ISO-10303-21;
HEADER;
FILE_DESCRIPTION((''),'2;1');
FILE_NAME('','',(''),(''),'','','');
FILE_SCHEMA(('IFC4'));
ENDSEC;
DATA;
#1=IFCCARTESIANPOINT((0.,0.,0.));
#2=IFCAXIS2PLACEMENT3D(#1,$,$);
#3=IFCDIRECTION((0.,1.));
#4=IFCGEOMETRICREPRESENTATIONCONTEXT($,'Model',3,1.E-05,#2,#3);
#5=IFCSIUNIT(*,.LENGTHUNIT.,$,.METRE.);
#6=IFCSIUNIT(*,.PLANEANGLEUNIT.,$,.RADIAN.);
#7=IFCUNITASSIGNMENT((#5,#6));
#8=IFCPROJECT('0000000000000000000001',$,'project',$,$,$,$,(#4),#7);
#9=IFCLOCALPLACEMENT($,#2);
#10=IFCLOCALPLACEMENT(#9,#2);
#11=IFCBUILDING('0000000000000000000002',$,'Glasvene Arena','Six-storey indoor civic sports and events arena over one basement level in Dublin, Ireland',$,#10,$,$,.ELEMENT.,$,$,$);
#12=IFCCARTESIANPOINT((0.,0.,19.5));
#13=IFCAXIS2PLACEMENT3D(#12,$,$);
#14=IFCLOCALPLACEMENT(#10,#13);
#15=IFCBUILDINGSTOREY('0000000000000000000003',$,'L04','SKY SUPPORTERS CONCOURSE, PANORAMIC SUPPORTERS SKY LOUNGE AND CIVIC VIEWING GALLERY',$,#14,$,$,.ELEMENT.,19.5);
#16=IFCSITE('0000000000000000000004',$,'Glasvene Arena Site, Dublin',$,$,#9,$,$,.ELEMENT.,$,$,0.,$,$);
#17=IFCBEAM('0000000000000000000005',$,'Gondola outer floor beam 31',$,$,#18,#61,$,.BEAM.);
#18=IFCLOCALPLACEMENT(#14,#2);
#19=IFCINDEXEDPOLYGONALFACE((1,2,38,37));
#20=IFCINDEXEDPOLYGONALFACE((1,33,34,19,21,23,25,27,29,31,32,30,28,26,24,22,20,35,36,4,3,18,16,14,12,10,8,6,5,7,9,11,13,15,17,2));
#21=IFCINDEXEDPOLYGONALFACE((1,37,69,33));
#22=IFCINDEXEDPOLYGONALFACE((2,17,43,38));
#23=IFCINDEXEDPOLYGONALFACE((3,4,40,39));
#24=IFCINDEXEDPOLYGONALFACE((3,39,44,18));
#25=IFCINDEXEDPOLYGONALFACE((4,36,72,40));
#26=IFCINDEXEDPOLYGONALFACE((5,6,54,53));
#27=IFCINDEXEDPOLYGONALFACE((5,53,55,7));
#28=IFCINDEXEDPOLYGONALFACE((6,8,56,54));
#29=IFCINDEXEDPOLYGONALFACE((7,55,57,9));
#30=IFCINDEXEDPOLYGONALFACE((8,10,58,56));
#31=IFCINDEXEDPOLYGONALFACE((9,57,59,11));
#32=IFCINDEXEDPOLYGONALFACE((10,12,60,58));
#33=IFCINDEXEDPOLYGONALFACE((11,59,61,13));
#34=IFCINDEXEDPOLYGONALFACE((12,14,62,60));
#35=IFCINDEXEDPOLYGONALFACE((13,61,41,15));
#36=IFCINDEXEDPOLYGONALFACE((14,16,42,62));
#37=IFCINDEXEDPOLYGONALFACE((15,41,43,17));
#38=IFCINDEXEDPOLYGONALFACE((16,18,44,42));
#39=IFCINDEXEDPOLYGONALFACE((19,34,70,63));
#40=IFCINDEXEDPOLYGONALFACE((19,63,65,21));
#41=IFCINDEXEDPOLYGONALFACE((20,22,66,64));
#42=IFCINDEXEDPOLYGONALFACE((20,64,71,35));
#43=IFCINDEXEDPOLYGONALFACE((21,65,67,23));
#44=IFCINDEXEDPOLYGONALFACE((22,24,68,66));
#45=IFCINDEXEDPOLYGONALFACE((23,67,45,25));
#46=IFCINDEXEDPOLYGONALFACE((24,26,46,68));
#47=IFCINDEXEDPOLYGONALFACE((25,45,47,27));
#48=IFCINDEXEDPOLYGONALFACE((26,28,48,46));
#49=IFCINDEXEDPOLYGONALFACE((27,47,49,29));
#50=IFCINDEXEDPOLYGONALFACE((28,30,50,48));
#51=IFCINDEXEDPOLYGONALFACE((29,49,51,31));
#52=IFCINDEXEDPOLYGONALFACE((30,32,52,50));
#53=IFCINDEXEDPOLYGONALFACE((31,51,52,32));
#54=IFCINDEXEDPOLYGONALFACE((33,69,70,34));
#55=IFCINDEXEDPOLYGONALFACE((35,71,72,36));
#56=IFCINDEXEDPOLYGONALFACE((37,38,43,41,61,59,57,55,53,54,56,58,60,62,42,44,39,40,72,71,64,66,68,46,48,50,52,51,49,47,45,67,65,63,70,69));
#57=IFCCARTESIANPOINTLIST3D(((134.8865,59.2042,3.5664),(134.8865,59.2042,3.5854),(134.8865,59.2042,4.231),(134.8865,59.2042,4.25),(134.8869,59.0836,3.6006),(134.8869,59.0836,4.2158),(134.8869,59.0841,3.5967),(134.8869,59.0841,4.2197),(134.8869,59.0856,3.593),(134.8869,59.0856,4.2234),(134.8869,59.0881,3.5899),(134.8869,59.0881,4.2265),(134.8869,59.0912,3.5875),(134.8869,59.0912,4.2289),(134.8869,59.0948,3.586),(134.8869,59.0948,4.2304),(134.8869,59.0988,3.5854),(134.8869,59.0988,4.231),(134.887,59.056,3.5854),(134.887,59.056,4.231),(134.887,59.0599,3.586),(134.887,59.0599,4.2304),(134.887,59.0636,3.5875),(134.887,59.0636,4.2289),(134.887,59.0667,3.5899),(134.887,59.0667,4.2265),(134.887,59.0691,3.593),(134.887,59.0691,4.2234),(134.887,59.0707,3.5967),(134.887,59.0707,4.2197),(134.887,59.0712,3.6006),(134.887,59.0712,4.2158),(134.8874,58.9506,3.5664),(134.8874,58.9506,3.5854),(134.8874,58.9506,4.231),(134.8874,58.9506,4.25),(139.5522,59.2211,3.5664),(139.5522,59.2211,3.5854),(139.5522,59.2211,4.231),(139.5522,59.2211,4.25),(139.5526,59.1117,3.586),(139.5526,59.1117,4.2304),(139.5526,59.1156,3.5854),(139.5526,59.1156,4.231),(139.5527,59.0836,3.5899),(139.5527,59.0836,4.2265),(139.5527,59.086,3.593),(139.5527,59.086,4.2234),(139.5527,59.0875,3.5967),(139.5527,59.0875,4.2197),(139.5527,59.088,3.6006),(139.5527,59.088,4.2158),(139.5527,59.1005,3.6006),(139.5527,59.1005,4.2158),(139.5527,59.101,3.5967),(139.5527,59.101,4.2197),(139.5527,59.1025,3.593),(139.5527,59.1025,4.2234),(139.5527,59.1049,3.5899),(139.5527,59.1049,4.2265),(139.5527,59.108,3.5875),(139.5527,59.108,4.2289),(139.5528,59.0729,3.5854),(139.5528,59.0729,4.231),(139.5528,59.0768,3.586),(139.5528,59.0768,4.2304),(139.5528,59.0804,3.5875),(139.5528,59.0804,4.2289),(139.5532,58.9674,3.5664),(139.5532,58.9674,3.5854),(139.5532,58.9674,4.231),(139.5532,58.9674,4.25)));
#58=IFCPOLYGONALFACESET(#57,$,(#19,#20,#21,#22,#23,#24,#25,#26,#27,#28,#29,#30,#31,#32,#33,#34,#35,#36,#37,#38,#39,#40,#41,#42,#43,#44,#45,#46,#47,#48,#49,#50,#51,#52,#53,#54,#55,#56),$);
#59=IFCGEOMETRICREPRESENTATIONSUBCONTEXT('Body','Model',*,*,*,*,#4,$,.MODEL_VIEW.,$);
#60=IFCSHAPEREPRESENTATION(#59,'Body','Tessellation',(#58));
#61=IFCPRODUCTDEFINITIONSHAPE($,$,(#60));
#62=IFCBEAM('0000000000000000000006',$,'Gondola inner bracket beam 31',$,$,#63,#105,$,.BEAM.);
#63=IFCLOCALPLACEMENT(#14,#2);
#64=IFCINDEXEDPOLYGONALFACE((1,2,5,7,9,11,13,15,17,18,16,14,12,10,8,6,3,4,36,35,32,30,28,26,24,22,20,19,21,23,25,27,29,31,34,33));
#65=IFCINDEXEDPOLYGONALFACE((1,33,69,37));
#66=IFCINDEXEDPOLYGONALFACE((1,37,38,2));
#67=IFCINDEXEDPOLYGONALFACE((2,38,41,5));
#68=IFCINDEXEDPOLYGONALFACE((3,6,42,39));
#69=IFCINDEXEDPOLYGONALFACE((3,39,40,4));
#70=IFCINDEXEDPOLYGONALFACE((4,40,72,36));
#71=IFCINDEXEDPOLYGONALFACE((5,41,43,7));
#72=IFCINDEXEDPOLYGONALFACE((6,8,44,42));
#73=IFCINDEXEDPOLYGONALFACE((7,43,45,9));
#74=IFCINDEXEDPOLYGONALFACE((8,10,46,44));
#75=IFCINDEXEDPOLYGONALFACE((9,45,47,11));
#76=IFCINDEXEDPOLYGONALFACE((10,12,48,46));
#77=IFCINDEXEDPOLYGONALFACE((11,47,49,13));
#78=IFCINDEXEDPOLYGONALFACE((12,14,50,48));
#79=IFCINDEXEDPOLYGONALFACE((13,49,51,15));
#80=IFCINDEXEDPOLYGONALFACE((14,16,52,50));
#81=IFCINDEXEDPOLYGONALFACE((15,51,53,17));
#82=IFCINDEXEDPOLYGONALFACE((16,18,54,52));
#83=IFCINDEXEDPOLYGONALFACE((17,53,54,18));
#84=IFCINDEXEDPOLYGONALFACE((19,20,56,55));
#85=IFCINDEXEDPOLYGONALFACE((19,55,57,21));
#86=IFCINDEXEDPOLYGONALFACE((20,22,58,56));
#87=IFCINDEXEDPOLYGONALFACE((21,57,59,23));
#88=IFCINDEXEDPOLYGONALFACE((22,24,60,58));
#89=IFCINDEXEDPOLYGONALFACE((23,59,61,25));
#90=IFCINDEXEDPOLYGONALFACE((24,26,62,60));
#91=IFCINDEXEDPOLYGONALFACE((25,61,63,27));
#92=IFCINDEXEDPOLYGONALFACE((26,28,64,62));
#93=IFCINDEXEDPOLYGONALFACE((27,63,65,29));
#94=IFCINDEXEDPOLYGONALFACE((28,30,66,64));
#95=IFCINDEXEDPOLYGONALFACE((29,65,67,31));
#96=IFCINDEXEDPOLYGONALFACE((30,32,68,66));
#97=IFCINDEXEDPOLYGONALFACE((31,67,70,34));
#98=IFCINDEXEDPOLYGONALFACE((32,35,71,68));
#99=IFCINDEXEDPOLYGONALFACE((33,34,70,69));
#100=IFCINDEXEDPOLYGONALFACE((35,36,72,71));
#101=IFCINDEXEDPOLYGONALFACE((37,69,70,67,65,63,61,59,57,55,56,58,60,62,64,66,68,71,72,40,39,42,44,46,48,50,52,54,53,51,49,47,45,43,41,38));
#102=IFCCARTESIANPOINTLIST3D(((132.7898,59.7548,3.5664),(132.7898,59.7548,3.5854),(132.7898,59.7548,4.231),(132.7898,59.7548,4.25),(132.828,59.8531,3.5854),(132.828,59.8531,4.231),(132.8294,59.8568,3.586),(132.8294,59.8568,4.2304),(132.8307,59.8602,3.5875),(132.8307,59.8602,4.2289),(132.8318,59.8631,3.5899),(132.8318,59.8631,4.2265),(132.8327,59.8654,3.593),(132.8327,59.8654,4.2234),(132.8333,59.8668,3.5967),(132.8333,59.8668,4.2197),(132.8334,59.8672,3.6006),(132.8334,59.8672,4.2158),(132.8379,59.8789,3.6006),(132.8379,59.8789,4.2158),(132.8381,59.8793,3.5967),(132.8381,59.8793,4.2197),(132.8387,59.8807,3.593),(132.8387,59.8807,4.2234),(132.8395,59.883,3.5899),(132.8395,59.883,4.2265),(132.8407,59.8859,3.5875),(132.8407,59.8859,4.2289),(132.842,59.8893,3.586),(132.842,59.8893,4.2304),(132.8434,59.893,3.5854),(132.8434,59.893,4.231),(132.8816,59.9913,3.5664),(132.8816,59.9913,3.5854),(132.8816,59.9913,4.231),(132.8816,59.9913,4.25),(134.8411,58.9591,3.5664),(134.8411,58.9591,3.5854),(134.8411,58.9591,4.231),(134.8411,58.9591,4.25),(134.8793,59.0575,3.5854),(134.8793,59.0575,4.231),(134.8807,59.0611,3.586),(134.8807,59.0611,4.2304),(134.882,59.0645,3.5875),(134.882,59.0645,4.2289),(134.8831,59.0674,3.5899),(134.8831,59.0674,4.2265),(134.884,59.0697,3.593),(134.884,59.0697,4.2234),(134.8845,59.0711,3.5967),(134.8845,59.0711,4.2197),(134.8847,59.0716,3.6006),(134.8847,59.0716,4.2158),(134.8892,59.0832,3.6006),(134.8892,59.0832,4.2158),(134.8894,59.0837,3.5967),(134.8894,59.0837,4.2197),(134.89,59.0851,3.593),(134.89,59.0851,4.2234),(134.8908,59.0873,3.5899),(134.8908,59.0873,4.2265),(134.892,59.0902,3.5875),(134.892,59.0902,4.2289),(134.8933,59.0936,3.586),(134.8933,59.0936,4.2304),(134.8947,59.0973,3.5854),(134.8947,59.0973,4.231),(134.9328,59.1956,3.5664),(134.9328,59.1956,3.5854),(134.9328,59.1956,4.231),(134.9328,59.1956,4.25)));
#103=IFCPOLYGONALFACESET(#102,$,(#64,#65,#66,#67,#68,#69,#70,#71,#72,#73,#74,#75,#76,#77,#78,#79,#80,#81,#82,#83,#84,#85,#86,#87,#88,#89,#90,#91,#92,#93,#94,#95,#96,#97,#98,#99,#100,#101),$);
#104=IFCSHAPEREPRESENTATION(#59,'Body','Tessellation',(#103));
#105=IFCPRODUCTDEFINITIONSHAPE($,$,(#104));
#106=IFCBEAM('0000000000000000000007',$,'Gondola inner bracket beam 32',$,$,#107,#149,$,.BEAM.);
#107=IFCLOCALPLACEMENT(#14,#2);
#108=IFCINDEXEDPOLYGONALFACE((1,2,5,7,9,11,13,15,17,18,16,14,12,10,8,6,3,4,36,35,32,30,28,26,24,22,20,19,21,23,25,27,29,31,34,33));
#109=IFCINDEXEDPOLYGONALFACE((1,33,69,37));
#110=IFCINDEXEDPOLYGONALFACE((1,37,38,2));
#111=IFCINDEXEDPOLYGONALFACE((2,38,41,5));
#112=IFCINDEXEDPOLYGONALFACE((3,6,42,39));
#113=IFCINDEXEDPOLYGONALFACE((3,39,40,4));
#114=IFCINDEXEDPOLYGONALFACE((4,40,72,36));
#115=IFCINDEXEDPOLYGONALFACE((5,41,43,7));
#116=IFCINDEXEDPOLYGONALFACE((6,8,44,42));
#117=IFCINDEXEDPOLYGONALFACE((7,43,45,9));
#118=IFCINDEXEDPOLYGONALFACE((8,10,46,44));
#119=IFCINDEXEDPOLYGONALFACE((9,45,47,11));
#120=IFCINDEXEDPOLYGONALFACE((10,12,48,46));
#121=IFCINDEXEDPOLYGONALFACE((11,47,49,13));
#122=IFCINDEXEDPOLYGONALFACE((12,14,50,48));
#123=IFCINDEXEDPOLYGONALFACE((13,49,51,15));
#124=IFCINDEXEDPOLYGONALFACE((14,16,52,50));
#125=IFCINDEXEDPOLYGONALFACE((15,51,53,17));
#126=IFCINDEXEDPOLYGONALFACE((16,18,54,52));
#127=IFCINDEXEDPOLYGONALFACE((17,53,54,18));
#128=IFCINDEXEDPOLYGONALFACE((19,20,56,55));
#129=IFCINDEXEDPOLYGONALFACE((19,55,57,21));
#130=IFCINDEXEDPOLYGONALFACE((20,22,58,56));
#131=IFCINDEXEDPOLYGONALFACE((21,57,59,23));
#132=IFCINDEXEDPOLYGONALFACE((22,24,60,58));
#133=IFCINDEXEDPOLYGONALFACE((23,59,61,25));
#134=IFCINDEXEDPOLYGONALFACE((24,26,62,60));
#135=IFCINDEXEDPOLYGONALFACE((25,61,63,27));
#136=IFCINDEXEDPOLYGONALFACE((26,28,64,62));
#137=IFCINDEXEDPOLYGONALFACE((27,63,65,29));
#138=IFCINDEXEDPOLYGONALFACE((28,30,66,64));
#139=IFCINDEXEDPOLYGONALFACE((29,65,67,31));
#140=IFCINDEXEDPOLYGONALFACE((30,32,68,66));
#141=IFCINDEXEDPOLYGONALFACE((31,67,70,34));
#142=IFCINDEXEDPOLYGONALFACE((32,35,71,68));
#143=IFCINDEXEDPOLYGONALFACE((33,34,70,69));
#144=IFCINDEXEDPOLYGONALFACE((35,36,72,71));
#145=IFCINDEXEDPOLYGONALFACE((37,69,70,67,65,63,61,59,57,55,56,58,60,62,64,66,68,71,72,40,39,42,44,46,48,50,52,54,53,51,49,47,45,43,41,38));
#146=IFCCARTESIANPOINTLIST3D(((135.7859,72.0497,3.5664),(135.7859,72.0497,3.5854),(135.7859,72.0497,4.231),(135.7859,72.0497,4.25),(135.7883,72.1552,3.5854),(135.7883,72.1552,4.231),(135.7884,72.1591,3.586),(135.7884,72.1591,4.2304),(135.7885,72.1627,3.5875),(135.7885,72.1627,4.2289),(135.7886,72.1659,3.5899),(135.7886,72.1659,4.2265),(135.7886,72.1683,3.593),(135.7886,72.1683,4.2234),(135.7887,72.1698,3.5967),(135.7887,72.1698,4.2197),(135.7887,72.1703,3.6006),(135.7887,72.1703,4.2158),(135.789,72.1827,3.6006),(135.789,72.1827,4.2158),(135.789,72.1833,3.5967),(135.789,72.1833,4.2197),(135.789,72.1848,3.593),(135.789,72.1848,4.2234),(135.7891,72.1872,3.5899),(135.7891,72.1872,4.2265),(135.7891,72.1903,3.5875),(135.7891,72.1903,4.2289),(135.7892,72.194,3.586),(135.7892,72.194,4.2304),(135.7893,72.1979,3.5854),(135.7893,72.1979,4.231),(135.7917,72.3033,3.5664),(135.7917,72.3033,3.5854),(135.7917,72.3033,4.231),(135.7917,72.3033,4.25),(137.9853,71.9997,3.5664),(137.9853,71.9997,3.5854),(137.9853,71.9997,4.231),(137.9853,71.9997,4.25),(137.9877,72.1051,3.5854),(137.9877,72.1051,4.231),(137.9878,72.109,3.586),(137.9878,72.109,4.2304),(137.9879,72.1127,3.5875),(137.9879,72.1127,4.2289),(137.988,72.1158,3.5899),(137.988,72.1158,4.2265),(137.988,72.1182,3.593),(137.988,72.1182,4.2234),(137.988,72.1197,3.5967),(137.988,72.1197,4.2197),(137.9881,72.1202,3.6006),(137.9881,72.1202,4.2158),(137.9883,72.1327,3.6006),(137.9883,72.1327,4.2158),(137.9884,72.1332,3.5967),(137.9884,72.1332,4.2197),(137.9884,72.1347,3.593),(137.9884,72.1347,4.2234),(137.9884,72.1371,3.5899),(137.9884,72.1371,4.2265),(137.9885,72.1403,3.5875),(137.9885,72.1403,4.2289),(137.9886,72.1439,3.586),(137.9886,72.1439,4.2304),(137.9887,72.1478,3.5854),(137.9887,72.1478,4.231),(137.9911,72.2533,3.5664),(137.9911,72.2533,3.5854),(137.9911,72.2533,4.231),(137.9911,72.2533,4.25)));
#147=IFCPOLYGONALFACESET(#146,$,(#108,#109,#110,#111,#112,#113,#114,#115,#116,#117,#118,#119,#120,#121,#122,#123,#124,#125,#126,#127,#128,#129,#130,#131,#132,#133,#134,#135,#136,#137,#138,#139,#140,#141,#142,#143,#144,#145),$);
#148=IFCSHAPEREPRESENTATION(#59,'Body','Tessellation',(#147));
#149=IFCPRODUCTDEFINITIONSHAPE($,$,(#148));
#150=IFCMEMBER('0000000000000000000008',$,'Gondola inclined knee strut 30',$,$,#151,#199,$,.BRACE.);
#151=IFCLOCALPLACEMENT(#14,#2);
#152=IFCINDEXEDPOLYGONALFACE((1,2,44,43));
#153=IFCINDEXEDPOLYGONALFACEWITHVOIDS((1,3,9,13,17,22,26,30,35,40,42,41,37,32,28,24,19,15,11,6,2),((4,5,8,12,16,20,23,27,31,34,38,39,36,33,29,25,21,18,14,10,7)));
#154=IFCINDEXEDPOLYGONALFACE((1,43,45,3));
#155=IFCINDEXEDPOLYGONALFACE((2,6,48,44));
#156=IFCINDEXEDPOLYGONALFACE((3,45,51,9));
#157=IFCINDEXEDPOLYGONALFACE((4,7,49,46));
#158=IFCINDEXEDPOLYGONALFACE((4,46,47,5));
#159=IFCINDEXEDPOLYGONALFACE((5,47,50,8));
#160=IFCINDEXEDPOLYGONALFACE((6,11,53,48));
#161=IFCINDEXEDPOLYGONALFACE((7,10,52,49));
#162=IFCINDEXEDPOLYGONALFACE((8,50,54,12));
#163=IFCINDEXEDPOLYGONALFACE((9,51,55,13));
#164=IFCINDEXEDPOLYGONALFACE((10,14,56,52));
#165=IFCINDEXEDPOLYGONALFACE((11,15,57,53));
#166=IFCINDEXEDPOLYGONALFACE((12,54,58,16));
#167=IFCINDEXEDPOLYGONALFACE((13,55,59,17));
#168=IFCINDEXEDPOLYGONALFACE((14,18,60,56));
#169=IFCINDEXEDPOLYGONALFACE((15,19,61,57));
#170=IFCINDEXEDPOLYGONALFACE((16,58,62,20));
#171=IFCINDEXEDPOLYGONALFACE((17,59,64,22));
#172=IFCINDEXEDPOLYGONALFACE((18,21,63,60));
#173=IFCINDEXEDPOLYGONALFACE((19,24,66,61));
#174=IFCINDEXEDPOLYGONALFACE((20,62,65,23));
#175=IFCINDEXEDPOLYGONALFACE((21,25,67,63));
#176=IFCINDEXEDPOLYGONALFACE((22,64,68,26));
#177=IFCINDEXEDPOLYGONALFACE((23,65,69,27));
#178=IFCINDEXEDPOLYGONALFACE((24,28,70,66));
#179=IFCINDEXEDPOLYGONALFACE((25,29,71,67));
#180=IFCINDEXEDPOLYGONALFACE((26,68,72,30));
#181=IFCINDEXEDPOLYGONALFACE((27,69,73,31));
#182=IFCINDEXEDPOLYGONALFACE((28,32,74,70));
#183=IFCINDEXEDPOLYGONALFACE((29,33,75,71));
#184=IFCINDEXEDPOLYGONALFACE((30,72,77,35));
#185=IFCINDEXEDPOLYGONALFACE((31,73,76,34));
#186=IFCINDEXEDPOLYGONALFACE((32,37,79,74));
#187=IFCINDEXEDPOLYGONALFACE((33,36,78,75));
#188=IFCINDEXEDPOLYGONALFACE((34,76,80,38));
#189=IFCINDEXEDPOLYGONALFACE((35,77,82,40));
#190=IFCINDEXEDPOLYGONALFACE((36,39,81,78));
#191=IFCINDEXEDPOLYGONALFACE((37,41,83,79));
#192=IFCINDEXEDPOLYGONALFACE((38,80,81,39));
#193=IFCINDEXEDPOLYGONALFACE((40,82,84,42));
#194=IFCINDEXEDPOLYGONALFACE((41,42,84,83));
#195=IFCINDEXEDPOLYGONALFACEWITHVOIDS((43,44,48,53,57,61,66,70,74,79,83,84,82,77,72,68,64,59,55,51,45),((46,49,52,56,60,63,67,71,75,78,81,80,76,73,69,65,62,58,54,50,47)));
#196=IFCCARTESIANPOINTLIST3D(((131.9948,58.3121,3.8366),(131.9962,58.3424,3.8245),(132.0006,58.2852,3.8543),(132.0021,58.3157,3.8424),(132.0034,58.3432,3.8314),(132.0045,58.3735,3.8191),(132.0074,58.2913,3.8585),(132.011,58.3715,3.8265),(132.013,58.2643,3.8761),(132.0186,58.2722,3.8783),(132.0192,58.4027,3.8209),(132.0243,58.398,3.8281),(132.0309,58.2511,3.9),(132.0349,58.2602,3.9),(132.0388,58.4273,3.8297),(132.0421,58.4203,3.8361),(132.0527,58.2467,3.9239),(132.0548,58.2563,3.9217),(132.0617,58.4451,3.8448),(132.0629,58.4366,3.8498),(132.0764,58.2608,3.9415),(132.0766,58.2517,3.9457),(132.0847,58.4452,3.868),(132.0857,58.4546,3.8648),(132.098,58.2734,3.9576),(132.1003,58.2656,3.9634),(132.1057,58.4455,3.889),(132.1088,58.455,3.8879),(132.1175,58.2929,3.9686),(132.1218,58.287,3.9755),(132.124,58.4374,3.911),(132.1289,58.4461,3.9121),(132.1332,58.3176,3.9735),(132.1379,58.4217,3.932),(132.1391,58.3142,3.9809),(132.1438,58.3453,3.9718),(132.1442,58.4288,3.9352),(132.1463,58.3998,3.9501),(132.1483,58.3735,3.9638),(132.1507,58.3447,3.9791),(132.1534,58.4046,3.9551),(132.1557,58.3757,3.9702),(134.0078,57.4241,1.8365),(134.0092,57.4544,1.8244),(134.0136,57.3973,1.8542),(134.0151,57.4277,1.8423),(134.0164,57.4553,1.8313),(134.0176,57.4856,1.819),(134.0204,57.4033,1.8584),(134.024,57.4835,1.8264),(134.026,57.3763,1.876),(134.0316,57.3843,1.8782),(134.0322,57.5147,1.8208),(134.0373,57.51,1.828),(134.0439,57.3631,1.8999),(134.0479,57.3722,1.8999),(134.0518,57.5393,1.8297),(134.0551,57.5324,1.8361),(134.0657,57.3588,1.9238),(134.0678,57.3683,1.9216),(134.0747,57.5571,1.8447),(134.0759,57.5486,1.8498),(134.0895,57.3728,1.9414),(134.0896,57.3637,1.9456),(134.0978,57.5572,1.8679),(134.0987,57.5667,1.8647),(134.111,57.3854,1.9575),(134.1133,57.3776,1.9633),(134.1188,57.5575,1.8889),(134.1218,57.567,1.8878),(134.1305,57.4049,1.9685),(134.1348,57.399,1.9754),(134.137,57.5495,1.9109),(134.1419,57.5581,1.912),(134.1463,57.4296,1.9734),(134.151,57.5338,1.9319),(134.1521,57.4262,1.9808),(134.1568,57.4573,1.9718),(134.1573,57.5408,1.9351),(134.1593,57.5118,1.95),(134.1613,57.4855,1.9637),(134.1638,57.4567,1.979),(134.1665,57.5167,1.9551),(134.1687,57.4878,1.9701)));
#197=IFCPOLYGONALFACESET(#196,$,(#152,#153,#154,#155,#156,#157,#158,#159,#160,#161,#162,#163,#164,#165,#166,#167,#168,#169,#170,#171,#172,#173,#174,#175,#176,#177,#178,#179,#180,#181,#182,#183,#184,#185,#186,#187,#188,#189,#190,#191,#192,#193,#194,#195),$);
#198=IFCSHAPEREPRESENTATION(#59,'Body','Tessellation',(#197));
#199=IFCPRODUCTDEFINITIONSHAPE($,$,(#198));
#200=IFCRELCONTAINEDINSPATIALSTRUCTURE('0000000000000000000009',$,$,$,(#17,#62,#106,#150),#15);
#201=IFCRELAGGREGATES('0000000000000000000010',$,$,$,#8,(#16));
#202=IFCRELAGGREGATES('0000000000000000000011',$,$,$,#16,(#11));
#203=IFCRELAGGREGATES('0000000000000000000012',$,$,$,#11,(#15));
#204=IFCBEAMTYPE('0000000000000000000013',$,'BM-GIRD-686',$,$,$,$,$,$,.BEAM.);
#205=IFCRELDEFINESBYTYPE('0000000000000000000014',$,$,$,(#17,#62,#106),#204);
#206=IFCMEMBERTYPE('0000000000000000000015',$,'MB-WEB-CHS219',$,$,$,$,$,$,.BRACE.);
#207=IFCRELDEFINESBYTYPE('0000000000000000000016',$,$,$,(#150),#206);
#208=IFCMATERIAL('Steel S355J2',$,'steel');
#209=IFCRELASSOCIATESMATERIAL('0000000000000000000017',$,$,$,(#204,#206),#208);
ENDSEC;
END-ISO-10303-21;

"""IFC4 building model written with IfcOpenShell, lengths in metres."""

from ifc_helpers import new_model, si_unit, direction, frame, origin, origin_2d, place, context, subcontext, project, spatial, hollow_circle, i_section, extrude, material, material_profile, profile_set, type_object, element, save


model = new_model("IFC4")

# Units and contexts
model_context = context("Model", 3, precision=1e-05, world=origin(), true_north=direction((0.0, 1.0)))
body_context = subcontext(model_context, "Body", "Model", "MODEL_VIEW")
ifc_project = project(units=[si_unit("LENGTHUNIT", "METRE"), si_unit("PLANEANGLEUNIT", "RADIAN")], contexts=[model_context])

# Site, building, storey
site_placement = place(None, origin())
site = spatial("IfcSite", under=ifc_project, at=site_placement, Name="Glasvene Arena Site, Dublin", CompositionType="ELEMENT", RefElevation=0.0)
building_placement = place(site_placement, origin())
building = spatial("IfcBuilding", under=site, at=building_placement, Name="Glasvene Arena", Description="Six-storey indoor civic sports and events arena over one basement level in Dublin, Ireland", CompositionType="ELEMENT")
storey_placement = place(building_placement, frame((0.0, 0.0, 19.5)))
storey = spatial("IfcBuildingStorey", under=building, at=storey_placement, Name="L04", Description="SKY SUPPORTERS CONCOURSE, PANORAMIC SUPPORTERS SKY LOUNGE AND CIVIC VIEWING GALLERY", CompositionType="ELEMENT", Elevation=19.5)

# Shared definitions
ifc_material_1 = material(Name="Steel S355J2", Category="steel")

# Beams
ifc_material_profile_1 = material_profile(ifc_material_1, i_section(OverallWidth=0.2537, OverallDepth=0.6836, WebThickness=0.0125, FlangeThickness=0.019, FilletRadius=0.0151, at=origin_2d()), Name="UKB 686x254x140")
ifc_profile_set_1 = profile_set([ifc_material_profile_1], Name="Steel S355J2")
beam_type_1 = type_object("IfcBeamType", Name="BM-GIRD-686", PredefinedType="BEAM", material=ifc_profile_set_1)
beam_1_placement = place(storey_placement, frame((134.887, 59.0774, 3.9082), z_axis=(0.999993, 0.00361, 0.0), x_axis=(-0.00361, 0.999993, 0.0)))
element("IfcBeam", 1, at=beam_1_placement, inside=storey, type_object=beam_type_1, Name="Gondola outer floor beam 31", PredefinedType="BEAM", context=body_context, shape_type="SweptSolid", body=[
    extrude(i_section(OverallWidth=0.2537, OverallDepth=0.6836, WebThickness=0.0125, FlangeThickness=0.019, FilletRadius=0.0151, at=origin_2d()), origin(), (0.0, 0.0, 1.0), 4.6658),
])
beam_2_placement = place(storey_placement, frame((132.8357, 59.873, 3.9082), z_axis=(0.932321, -0.361632, 0.0), x_axis=(0.361632, 0.932321, 0.0)))
element("IfcBeam", 2, at=beam_2_placement, inside=storey, type_object=beam_type_1, Name="Gondola inner bracket beam 31", PredefinedType="BEAM", context=body_context, shape_type="SweptSolid", body=[
    extrude(i_section(OverallWidth=0.2537, OverallDepth=0.6836, WebThickness=0.0125, FlangeThickness=0.019, FilletRadius=0.0151, at=origin_2d()), origin(), (0.0, 0.0, 1.0), 2.2002),
])
beam_3_placement = place(storey_placement, frame((135.7888, 72.1765, 3.9082), z_axis=(0.999741, -0.022749, 0.0), x_axis=(0.022749, 0.999741, 0.0)))
element("IfcBeam", 3, at=beam_3_placement, inside=storey, type_object=beam_type_1, Name="Gondola inner bracket beam 32", PredefinedType="BEAM", context=body_context, shape_type="SweptSolid", body=[
    extrude(i_section(OverallWidth=0.2537, OverallDepth=0.6836, WebThickness=0.0125, FlangeThickness=0.019, FilletRadius=0.0151, at=origin_2d()), origin(), (0.0, 0.0, 1.0), 2.2),
])

# Member
ifc_material_profile_2 = material_profile(ifc_material_1, hollow_circle(Radius=0.1096, WallThickness=0.01, at=origin_2d()), Name="CHS 219.1x10.0")
ifc_profile_set_2 = profile_set([ifc_material_profile_2], Name="Steel S355J2")
member_type = type_object("IfcMemberType", Name="MB-WEB-CHS219", PredefinedType="BRACE", material=ifc_profile_set_2)
for number, where, z_axis, x_axis, name in (
    (4, (134.0881, 57.4634, 1.8999), (-0.677011, 0.29864, 0.672659), (-0.403594, -0.914938, 0.0), "Gondola inclined knee strut 30"),
):
    element("IfcMember", number, at=place(storey_placement, frame(where, z_axis=z_axis, x_axis=x_axis)), inside=storey, type_object=member_type, Name=name, PredefinedType="BRACE", context=body_context, shape_type="SweptSolid", body=[
        extrude(hollow_circle(Radius=0.1096, WallThickness=0.01, at=origin_2d()), origin(), (0.0, 0.0, 1.0), 2.9734),
    ])

save(model, "model.ifc")
